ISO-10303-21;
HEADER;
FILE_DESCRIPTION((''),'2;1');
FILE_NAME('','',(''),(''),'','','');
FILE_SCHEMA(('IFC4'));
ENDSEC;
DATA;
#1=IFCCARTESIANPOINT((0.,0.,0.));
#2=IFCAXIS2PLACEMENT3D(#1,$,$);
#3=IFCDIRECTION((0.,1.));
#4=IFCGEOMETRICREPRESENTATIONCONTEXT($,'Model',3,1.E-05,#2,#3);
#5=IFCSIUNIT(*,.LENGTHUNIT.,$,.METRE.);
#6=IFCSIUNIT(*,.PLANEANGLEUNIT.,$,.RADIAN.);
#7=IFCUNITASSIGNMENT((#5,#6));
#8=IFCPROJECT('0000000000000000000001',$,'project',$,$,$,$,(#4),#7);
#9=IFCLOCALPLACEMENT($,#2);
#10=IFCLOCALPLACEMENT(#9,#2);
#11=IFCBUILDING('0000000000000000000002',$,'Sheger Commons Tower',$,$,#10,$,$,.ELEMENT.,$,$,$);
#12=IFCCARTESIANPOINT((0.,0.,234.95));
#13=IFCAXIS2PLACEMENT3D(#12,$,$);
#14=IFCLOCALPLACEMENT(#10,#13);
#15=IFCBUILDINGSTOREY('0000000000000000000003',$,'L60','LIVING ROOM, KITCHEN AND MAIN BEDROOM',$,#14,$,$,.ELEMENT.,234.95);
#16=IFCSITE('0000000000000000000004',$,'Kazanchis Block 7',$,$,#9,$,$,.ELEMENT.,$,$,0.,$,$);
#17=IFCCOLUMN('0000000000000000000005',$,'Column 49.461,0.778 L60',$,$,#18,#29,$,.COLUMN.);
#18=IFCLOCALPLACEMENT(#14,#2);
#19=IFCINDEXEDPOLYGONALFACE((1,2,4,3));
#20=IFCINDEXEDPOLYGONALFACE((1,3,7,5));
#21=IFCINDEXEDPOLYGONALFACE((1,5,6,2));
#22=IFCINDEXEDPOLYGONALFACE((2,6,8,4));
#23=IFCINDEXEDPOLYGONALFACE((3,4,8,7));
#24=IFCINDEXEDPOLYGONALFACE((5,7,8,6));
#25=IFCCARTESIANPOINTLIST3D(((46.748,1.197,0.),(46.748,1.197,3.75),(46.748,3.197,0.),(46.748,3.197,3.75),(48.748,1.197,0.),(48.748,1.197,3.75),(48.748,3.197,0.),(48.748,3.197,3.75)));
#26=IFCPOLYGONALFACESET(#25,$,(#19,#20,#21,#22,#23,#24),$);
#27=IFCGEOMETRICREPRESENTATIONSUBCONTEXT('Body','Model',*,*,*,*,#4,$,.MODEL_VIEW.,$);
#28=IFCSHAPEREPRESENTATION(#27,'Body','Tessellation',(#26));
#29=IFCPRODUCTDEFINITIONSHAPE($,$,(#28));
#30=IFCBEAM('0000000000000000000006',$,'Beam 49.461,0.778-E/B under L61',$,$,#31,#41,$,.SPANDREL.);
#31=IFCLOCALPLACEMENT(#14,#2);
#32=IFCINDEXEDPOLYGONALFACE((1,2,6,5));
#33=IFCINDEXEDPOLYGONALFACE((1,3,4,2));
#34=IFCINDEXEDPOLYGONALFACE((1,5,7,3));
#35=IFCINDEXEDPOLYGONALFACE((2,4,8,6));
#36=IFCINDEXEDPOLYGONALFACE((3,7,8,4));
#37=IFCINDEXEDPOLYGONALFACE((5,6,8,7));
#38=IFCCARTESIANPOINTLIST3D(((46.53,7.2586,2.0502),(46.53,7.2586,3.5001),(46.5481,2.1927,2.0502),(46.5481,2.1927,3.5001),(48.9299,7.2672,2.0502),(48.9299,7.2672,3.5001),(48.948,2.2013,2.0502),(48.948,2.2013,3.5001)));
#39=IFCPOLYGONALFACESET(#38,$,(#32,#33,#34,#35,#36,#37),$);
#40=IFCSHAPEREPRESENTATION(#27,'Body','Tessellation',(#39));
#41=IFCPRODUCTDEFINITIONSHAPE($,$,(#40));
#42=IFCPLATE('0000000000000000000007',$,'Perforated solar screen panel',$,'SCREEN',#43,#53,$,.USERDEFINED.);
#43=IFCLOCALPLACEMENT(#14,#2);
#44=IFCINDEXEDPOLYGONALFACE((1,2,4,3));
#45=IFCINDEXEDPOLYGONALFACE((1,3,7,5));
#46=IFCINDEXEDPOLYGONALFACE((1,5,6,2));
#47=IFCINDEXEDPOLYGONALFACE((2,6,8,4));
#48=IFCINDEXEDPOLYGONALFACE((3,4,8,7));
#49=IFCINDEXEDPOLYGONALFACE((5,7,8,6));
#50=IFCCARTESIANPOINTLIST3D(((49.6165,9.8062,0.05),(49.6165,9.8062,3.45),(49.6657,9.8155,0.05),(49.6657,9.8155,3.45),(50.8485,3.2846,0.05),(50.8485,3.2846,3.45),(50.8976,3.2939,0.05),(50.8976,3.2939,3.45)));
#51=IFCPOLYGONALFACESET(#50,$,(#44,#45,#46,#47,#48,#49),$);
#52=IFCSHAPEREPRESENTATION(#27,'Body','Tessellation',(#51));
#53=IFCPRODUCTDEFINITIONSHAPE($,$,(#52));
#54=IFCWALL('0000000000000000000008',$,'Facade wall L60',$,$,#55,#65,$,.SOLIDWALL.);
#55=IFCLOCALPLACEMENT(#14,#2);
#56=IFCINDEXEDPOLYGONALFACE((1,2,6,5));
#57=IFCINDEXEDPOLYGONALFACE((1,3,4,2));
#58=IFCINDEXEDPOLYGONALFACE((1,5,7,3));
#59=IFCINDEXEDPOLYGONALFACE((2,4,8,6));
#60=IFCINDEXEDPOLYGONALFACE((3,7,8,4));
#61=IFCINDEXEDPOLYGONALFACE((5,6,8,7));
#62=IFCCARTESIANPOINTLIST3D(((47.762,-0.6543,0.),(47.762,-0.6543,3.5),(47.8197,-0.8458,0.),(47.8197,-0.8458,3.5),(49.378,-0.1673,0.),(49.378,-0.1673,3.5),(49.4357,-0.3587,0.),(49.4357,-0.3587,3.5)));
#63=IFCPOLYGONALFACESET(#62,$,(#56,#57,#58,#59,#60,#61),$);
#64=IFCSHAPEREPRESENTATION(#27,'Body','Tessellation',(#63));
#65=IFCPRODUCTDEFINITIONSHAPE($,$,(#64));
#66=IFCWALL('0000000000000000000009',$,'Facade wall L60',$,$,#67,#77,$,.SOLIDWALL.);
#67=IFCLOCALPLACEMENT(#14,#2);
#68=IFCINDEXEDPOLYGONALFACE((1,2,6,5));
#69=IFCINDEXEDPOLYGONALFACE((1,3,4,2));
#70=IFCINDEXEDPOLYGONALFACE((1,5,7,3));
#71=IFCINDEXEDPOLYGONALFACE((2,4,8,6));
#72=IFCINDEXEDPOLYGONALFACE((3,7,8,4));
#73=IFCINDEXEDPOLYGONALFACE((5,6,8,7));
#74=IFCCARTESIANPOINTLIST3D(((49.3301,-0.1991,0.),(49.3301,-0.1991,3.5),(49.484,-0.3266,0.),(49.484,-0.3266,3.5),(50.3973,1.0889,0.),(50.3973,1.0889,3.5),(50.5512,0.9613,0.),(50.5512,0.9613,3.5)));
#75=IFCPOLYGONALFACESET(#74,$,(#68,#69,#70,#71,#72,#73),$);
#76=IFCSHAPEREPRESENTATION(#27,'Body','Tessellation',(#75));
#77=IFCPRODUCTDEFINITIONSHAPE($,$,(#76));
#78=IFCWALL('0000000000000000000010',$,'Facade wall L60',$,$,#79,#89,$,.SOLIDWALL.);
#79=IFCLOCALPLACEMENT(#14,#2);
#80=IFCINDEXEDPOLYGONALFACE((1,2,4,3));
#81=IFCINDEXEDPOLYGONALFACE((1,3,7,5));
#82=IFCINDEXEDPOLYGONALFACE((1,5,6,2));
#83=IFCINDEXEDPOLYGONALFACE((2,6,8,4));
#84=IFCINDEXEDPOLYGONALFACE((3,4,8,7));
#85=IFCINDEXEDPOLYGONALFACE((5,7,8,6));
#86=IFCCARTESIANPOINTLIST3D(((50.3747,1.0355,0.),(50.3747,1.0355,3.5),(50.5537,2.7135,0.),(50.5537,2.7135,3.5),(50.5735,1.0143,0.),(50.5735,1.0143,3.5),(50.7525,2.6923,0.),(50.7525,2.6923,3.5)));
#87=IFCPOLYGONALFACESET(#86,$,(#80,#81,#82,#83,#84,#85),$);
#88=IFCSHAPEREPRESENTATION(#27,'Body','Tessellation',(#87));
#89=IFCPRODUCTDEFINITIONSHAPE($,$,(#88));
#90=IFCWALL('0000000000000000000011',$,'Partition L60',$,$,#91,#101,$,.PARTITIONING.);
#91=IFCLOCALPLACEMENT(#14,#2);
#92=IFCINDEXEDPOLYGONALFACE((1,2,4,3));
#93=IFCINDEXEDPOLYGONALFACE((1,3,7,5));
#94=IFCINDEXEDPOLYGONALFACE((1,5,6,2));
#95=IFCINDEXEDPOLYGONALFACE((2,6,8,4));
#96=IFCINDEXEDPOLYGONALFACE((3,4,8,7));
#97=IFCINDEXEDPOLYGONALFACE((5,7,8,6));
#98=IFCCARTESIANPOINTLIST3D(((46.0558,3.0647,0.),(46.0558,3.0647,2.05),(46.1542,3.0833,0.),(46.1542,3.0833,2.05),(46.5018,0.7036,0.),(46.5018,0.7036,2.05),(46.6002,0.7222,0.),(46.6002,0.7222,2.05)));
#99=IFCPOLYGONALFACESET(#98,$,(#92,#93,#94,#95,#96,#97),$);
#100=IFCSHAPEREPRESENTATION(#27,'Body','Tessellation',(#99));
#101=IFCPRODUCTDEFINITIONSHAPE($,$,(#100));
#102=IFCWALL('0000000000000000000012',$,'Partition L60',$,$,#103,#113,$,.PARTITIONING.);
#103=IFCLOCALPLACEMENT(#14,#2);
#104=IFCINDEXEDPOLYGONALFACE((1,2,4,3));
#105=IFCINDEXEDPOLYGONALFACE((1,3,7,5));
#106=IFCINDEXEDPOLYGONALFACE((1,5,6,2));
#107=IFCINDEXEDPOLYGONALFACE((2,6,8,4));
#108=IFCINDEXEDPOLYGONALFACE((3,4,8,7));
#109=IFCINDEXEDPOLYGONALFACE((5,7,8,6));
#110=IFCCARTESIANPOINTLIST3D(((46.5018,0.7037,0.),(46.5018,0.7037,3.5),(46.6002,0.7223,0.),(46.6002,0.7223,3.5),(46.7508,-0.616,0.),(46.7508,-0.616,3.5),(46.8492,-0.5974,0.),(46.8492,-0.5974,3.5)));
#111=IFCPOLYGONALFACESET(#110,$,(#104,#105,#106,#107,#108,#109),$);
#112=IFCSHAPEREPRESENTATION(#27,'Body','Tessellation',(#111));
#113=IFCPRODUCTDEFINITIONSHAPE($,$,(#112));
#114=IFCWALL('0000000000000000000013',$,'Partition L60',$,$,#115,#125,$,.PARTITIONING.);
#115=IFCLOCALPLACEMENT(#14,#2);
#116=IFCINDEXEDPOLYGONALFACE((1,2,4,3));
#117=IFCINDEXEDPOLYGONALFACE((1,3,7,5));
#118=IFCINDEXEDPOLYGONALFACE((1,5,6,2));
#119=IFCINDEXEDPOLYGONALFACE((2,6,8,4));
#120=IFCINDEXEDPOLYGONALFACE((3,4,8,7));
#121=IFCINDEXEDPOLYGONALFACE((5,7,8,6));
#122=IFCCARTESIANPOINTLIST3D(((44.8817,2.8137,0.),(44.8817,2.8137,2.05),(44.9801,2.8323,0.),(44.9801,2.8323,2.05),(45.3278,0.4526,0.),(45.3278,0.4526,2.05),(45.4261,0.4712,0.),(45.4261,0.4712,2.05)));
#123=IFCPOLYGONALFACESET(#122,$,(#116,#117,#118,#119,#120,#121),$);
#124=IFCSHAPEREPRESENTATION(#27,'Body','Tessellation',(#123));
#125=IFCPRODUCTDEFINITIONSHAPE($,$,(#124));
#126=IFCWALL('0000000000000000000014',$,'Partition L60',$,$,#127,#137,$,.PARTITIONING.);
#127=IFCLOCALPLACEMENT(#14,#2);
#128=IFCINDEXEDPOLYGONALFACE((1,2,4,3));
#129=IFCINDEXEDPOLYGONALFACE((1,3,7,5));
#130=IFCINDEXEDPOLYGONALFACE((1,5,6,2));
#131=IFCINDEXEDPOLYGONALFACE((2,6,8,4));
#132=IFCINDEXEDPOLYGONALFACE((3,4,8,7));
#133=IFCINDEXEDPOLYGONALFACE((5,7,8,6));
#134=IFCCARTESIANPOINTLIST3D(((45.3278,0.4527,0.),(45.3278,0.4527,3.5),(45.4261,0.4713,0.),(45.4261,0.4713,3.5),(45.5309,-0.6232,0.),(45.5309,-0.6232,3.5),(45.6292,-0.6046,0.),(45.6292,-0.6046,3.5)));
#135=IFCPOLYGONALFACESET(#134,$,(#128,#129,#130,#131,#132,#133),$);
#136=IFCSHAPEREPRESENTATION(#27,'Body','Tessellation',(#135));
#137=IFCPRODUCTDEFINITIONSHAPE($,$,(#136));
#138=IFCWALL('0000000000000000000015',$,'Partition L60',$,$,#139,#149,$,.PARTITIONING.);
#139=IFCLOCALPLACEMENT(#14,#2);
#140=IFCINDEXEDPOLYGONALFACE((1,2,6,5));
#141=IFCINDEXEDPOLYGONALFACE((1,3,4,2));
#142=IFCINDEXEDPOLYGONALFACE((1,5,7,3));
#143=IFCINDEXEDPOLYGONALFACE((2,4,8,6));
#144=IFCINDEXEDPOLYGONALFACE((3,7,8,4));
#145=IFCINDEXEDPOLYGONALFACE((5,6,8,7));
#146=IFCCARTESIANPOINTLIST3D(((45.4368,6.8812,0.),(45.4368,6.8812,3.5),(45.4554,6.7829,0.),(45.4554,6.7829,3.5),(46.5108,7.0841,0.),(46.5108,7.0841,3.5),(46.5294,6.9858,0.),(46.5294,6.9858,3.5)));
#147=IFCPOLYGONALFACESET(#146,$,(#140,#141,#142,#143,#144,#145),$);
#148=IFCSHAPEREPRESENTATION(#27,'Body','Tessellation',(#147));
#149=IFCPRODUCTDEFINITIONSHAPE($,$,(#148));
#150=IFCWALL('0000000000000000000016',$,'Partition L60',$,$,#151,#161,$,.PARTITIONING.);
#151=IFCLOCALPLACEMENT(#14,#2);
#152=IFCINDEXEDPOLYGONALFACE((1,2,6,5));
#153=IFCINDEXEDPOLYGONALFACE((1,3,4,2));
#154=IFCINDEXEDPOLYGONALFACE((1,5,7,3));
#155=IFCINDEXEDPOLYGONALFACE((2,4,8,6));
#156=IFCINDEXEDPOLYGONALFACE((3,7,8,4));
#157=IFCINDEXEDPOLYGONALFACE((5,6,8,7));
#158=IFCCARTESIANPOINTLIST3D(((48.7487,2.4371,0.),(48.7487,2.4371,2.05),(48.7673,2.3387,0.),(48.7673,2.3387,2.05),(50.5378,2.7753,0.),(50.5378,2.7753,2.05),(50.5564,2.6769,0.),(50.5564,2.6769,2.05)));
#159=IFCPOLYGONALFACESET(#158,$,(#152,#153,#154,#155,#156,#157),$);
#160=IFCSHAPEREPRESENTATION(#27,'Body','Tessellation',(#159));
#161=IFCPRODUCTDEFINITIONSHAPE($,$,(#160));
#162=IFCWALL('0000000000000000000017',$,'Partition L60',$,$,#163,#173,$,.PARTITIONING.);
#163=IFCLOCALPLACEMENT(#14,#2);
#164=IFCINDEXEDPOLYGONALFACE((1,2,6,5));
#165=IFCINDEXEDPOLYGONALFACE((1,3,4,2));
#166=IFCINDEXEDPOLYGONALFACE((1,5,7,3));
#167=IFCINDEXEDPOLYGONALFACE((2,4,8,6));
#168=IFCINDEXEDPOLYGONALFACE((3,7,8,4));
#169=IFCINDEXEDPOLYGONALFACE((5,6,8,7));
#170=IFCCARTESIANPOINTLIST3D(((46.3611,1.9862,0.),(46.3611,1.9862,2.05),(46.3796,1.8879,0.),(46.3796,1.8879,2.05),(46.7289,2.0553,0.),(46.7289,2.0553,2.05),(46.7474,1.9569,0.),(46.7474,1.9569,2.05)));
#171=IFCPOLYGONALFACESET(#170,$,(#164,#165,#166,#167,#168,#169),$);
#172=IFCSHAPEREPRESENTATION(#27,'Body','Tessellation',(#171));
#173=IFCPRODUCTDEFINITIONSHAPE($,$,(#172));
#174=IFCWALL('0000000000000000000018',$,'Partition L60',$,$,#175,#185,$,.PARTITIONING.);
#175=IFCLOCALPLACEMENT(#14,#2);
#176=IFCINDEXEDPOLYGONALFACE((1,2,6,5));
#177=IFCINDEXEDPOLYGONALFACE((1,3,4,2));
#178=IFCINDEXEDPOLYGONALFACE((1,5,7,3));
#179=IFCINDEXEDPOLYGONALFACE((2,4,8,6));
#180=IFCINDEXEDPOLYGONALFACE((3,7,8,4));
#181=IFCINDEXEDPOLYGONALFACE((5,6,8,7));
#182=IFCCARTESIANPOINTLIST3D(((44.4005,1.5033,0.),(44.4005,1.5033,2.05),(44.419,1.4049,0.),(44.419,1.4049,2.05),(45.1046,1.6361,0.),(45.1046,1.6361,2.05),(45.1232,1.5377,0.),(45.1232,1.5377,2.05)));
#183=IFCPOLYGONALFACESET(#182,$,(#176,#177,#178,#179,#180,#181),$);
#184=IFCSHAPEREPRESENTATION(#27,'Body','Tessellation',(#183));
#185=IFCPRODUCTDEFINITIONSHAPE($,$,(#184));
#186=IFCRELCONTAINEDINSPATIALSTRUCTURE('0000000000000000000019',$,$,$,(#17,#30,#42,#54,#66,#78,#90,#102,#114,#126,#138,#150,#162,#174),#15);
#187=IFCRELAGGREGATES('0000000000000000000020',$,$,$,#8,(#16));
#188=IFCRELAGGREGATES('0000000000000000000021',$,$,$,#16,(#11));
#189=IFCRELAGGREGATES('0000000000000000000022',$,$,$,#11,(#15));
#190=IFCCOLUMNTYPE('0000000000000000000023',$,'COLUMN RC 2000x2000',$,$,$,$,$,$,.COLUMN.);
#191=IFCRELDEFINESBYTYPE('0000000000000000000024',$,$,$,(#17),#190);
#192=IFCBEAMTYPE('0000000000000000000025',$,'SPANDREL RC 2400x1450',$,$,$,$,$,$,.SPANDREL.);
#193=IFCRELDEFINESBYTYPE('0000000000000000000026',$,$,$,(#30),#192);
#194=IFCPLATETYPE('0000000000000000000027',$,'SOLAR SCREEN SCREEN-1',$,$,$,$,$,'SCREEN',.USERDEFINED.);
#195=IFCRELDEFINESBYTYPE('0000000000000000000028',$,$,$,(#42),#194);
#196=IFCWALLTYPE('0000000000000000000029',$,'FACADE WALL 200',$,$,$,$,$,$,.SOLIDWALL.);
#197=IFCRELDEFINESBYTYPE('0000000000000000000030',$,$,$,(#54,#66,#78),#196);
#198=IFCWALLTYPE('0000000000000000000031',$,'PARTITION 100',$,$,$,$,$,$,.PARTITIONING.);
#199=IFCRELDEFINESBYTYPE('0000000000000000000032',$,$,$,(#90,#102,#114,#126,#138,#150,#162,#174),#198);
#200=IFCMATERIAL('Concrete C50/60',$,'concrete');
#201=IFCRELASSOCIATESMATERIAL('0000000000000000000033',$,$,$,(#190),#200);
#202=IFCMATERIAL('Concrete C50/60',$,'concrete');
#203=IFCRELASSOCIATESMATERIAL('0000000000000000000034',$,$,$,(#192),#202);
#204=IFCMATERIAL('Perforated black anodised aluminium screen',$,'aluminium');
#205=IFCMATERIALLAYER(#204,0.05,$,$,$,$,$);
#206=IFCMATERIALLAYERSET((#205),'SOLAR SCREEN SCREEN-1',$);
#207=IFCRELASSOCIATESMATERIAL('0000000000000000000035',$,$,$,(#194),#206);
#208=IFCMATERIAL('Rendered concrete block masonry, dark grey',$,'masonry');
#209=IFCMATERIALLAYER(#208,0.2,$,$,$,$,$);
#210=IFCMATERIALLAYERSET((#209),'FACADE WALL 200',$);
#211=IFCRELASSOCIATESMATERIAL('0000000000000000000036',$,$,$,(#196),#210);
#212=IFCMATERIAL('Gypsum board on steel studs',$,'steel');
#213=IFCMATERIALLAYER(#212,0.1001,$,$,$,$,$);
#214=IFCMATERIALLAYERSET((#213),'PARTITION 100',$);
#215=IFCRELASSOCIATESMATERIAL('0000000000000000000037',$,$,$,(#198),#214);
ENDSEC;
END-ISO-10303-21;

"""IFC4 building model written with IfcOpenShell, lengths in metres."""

from ifc_helpers import new_model, si_unit, direction, frame, frame_2d, origin, origin_2d, place, context, subcontext, project, spatial, rectangle, extrude, material, layer, layer_set, material_profile, profile_set, type_object, element, save


model = new_model("IFC4")

# Units and contexts
model_context = context("Model", 3, precision=1e-05, world=origin(), true_north=direction((0.0, 1.0)))
body_context = subcontext(model_context, "Body", "Model", "MODEL_VIEW")
ifc_project = project(units=[si_unit("LENGTHUNIT", "METRE"), si_unit("PLANEANGLEUNIT", "RADIAN")], contexts=[model_context])

# Site, building, storey
site_placement = place(None, origin())
site = spatial("IfcSite", under=ifc_project, at=site_placement, Name="Kazanchis Block 7", CompositionType="ELEMENT", RefElevation=0.0)
building_placement = place(site_placement, origin())
building = spatial("IfcBuilding", under=site, at=building_placement, Name="Sheger Commons Tower", CompositionType="ELEMENT")
storey_placement = place(building_placement, frame((0.0, 0.0, 234.95)))
storey = spatial("IfcBuildingStorey", under=building, at=storey_placement, Name="L60", Description="LIVING ROOM, KITCHEN AND MAIN BEDROOM", CompositionType="ELEMENT", Elevation=234.95)

# Column
ifc_material_1 = material(Name="Concrete C50/60", Category="concrete")
ifc_material_profile_1 = material_profile(ifc_material_1, rectangle(XDim=2.0, YDim=2.0, at=origin_2d()), Name="RC 2000x2000")
ifc_profile_set_1 = profile_set([ifc_material_profile_1], Name="Concrete C50/60")
column_type = type_object("IfcColumnType", Name="COLUMN RC 2000x2000", PredefinedType="COLUMN", material=ifc_profile_set_1)
column_placement = place(storey_placement, frame((47.748, 2.197, 0.0), z_axis=(0.0, 0.0, 1.0), x_axis=(1.0, 0.0, 0.0)))
element("IfcColumn", 1, at=column_placement, inside=storey, type_object=column_type, Name="Column 49.461,0.778 L60", PredefinedType="COLUMN", context=body_context, shape_type="SweptSolid", body=[
    extrude(rectangle(XDim=2.0, YDim=2.0, at=origin_2d()), origin(), (0.0, 0.0, 1.0), 3.75),
])

# Beam
ifc_material_2 = material(Name="Concrete C50/60", Category="concrete")
ifc_material_profile_2 = material_profile(ifc_material_2, rectangle(XDim=2.3999, YDim=1.45, at=origin_2d()), Name="RC 2400x1450")
ifc_profile_set_2 = profile_set([ifc_material_profile_2], Name="Concrete C50/60")
beam_type = type_object("IfcBeamType", Name="SPANDREL RC 2400x1450", PredefinedType="SPANDREL", material=ifc_profile_set_2)
beam_placement = place(storey_placement, frame((47.748, 2.197, 2.7751), z_axis=(-0.003566, 0.999994, 0.0), x_axis=(-0.999994, -0.003566, 0.0)))
element("IfcBeam", 2, at=beam_placement, inside=storey, type_object=beam_type, Name="Beam 49.461,0.778-E/B under L61", PredefinedType="SPANDREL", context=body_context, shape_type="SweptSolid", body=[
    extrude(rectangle(XDim=2.3999, YDim=1.45, at=origin_2d()), origin(), (0.0, 0.0, 1.0), 5.0659),
])

# Plate
ifc_material_3 = material(Name="Perforated black anodised aluminium screen", Category="aluminium")
ifc_layer_1 = layer(ifc_material_3, 0.05)
ifc_layer_set_1 = layer_set([ifc_layer_1], Name="SOLAR SCREEN SCREEN-1")
plate_type = type_object("IfcPlateType", Name="SOLAR SCREEN SCREEN-1", ElementType="SCREEN", PredefinedType="USERDEFINED", material=ifc_layer_set_1)
plate_placement = place(storey_placement, frame((50.2571, 6.55, 0.05), z_axis=(0.0, 0.0, 1.0), x_axis=(-0.185615, 0.982623, 0.0)))
element("IfcPlate", 3, at=plate_placement, inside=storey, type_object=plate_type, Name="Perforated solar screen panel", ObjectType="SCREEN", PredefinedType="USERDEFINED", context=body_context, shape_type="SweptSolid", body=[
    extrude(rectangle(XDim=6.637, YDim=0.05, at=origin_2d()), origin(), (0.0, 0.0, 1.0), 3.3999),
])

# Walls
ifc_material_4 = material(Name="Rendered concrete block masonry, dark grey", Category="masonry")
ifc_layer_2 = layer(ifc_material_4, 0.2)
ifc_layer_set_2 = layer_set([ifc_layer_2], Name="FACADE WALL 200")
wall_type_1 = type_object("IfcWallType", Name="FACADE WALL 200", PredefinedType="SOLIDWALL", material=ifc_layer_set_2)
wall_1_placement = place(storey_placement, frame((47.791, -0.75, 0.0), z_axis=(0.0, 0.0, 1.0), x_axis=(0.957455, 0.288582, 0.0)))
element("IfcWall", 4, at=wall_1_placement, inside=storey, type_object=wall_type_1, Name="Facade wall L60", PredefinedType="SOLIDWALL", context=body_context, shape_type="SweptSolid", body=[
    extrude(rectangle(XDim=1.6877, YDim=0.2, at=frame_2d((0.8438, 0.0))), origin(), (0.0, 0.0, 1.0), 3.5),
])
wall_2_placement = place(storey_placement, frame((49.407, -0.2629, 0.0), z_axis=(0.0, 0.0, 1.0), x_axis=(0.638043, 0.770001, 0.0)))
element("IfcWall", 5, at=wall_2_placement, inside=storey, type_object=wall_type_1, Name="Facade wall L60", PredefinedType="SOLIDWALL", context=body_context, shape_type="SweptSolid", body=[
    extrude(rectangle(XDim=1.6726, YDim=0.2, at=frame_2d((0.8364, 0.0))), origin(), (0.0, 0.0, 1.0), 3.5),
])
wall_3_placement = place(storey_placement, frame((50.4741, 1.0249, 0.0), z_axis=(0.0, 0.0, 1.0), x_axis=(0.106048, 0.994361, 0.0)))
element("IfcWall", 6, at=wall_3_placement, inside=storey, type_object=wall_type_1, Name="Facade wall L60", PredefinedType="SOLIDWALL", context=body_context, shape_type="SweptSolid", body=[
    extrude(rectangle(XDim=1.6875, YDim=0.2, at=frame_2d((0.8438, 0.0))), origin(), (0.0, 0.0, 1.0), 3.5),
])

# Walls
ifc_material_5 = material(Name="Gypsum board on steel studs", Category="steel")
ifc_layer_3 = layer(ifc_material_5, 0.1001)
ifc_layer_set_3 = layer_set([ifc_layer_3], Name="PARTITION 100")
wall_type_2 = type_object("IfcWallType", Name="PARTITION 100", PredefinedType="PARTITIONING", material=ifc_layer_set_3)
wall_4_placement = place(storey_placement, frame((46.105, 3.074, 0.0), z_axis=(0.0, 0.0, 1.0), x_axis=(0.185632, -0.982619, 0.0)))
element("IfcWall", 7, at=wall_4_placement, inside=storey, type_object=wall_type_2, Name="Partition L60", PredefinedType="PARTITIONING", context=body_context, shape_type="SweptSolid", body=[
    extrude(rectangle(XDim=2.4028, YDim=0.1001, at=frame_2d((1.2014, 0.0))), origin(), (0.0, 0.0, 1.0), 2.05),
])
wall_5_placement = place(storey_placement, frame((46.551, 0.7129, 0.0), z_axis=(0.0, 0.0, 1.0), x_axis=(0.185408, -0.982662, 0.0)))
element("IfcWall", 8, at=wall_5_placement, inside=storey, type_object=wall_type_2, Name="Partition L60", PredefinedType="PARTITIONING", context=body_context, shape_type="SweptSolid", body=[
    extrude(rectangle(XDim=1.343, YDim=0.1001, at=frame_2d((0.6714, 0.0))), origin(), (0.0, 0.0, 1.0), 3.5),
])
wall_6_placement = place(storey_placement, frame((44.9309, 2.823, 0.0), z_axis=(0.0, 0.0, 1.0), x_axis=(0.185632, -0.982619, 0.0)))
element("IfcWall", 9, at=wall_6_placement, inside=storey, type_object=wall_type_2, Name="Partition L60", PredefinedType="PARTITIONING", context=body_context, shape_type="SweptSolid", body=[
    extrude(rectangle(XDim=2.4028, YDim=0.1001, at=frame_2d((1.2014, 0.0))), origin(), (0.0, 0.0, 1.0), 2.05),
])
wall_7_placement = place(storey_placement, frame((45.377, 0.4619, 0.0), z_axis=(0.0, 0.0, 1.0), x_axis=(0.185513, -0.982642, 0.0)))
element("IfcWall", 10, at=wall_7_placement, inside=storey, type_object=wall_type_2, Name="Partition L60", PredefinedType="PARTITIONING", context=body_context, shape_type="SweptSolid", body=[
    extrude(rectangle(XDim=1.095, YDim=0.1001, at=frame_2d((0.5474, 0.0))), origin(), (0.0, 0.0, 1.0), 3.5),
])
wall_8_placement = place(storey_placement, frame((46.52, 7.0349, 0.0), z_axis=(0.0, 0.0, 1.0), x_axis=(-0.982621, -0.185624, 0.0)))
element("IfcWall", 11, at=wall_8_placement, inside=storey, type_object=wall_type_2, Name="Partition L60", PredefinedType="PARTITIONING", context=body_context, shape_type="SweptSolid", body=[
    extrude(rectangle(XDim=1.093, YDim=0.1001, at=frame_2d((0.5464, 0.0))), origin(), (0.0, 0.0, 1.0), 3.5),
])
wall_9_placement = place(storey_placement, frame((50.5471, 2.7261, 0.0), z_axis=(0.0, 0.0, 1.0), x_axis=(-0.982604, -0.185713, 0.0)))
element("IfcWall", 12, at=wall_9_placement, inside=storey, type_object=wall_type_2, Name="Partition L60", PredefinedType="PARTITIONING", context=body_context, shape_type="SweptSolid", body=[
    extrude(rectangle(XDim=1.8208, YDim=0.1001, at=frame_2d((0.9104, 0.0))), origin(), (0.0, 0.0, 1.0), 2.05),
])
wall_10_placement = place(storey_placement, frame((46.738, 2.0061, 0.0), z_axis=(0.0, 0.0, 1.0), x_axis=(-0.98282, -0.184564, 0.0)))
element("IfcWall", 13, at=wall_10_placement, inside=storey, type_object=wall_type_2, Name="Partition L60", PredefinedType="PARTITIONING", context=body_context, shape_type="SweptSolid", body=[
    extrude(rectangle(XDim=0.3743, YDim=0.1001, at=frame_2d((0.187, 0.0))), origin(), (0.0, 0.0, 1.0), 2.05),
])
wall_11_placement = place(storey_placement, frame((45.114, 1.5869, 0.0), z_axis=(0.0, 0.0, 1.0), x_axis=(-0.982671, -0.185358, 0.0)))
element("IfcWall", 14, at=wall_11_placement, inside=storey, type_object=wall_type_2, Name="Partition L60", PredefinedType="PARTITIONING", context=body_context, shape_type="SweptSolid", body=[
    extrude(rectangle(XDim=0.7166, YDim=0.1001, at=frame_2d((0.3584, 0.0))), origin(), (0.0, 0.0, 1.0), 2.05),
])

save(model, "model.ifc")
